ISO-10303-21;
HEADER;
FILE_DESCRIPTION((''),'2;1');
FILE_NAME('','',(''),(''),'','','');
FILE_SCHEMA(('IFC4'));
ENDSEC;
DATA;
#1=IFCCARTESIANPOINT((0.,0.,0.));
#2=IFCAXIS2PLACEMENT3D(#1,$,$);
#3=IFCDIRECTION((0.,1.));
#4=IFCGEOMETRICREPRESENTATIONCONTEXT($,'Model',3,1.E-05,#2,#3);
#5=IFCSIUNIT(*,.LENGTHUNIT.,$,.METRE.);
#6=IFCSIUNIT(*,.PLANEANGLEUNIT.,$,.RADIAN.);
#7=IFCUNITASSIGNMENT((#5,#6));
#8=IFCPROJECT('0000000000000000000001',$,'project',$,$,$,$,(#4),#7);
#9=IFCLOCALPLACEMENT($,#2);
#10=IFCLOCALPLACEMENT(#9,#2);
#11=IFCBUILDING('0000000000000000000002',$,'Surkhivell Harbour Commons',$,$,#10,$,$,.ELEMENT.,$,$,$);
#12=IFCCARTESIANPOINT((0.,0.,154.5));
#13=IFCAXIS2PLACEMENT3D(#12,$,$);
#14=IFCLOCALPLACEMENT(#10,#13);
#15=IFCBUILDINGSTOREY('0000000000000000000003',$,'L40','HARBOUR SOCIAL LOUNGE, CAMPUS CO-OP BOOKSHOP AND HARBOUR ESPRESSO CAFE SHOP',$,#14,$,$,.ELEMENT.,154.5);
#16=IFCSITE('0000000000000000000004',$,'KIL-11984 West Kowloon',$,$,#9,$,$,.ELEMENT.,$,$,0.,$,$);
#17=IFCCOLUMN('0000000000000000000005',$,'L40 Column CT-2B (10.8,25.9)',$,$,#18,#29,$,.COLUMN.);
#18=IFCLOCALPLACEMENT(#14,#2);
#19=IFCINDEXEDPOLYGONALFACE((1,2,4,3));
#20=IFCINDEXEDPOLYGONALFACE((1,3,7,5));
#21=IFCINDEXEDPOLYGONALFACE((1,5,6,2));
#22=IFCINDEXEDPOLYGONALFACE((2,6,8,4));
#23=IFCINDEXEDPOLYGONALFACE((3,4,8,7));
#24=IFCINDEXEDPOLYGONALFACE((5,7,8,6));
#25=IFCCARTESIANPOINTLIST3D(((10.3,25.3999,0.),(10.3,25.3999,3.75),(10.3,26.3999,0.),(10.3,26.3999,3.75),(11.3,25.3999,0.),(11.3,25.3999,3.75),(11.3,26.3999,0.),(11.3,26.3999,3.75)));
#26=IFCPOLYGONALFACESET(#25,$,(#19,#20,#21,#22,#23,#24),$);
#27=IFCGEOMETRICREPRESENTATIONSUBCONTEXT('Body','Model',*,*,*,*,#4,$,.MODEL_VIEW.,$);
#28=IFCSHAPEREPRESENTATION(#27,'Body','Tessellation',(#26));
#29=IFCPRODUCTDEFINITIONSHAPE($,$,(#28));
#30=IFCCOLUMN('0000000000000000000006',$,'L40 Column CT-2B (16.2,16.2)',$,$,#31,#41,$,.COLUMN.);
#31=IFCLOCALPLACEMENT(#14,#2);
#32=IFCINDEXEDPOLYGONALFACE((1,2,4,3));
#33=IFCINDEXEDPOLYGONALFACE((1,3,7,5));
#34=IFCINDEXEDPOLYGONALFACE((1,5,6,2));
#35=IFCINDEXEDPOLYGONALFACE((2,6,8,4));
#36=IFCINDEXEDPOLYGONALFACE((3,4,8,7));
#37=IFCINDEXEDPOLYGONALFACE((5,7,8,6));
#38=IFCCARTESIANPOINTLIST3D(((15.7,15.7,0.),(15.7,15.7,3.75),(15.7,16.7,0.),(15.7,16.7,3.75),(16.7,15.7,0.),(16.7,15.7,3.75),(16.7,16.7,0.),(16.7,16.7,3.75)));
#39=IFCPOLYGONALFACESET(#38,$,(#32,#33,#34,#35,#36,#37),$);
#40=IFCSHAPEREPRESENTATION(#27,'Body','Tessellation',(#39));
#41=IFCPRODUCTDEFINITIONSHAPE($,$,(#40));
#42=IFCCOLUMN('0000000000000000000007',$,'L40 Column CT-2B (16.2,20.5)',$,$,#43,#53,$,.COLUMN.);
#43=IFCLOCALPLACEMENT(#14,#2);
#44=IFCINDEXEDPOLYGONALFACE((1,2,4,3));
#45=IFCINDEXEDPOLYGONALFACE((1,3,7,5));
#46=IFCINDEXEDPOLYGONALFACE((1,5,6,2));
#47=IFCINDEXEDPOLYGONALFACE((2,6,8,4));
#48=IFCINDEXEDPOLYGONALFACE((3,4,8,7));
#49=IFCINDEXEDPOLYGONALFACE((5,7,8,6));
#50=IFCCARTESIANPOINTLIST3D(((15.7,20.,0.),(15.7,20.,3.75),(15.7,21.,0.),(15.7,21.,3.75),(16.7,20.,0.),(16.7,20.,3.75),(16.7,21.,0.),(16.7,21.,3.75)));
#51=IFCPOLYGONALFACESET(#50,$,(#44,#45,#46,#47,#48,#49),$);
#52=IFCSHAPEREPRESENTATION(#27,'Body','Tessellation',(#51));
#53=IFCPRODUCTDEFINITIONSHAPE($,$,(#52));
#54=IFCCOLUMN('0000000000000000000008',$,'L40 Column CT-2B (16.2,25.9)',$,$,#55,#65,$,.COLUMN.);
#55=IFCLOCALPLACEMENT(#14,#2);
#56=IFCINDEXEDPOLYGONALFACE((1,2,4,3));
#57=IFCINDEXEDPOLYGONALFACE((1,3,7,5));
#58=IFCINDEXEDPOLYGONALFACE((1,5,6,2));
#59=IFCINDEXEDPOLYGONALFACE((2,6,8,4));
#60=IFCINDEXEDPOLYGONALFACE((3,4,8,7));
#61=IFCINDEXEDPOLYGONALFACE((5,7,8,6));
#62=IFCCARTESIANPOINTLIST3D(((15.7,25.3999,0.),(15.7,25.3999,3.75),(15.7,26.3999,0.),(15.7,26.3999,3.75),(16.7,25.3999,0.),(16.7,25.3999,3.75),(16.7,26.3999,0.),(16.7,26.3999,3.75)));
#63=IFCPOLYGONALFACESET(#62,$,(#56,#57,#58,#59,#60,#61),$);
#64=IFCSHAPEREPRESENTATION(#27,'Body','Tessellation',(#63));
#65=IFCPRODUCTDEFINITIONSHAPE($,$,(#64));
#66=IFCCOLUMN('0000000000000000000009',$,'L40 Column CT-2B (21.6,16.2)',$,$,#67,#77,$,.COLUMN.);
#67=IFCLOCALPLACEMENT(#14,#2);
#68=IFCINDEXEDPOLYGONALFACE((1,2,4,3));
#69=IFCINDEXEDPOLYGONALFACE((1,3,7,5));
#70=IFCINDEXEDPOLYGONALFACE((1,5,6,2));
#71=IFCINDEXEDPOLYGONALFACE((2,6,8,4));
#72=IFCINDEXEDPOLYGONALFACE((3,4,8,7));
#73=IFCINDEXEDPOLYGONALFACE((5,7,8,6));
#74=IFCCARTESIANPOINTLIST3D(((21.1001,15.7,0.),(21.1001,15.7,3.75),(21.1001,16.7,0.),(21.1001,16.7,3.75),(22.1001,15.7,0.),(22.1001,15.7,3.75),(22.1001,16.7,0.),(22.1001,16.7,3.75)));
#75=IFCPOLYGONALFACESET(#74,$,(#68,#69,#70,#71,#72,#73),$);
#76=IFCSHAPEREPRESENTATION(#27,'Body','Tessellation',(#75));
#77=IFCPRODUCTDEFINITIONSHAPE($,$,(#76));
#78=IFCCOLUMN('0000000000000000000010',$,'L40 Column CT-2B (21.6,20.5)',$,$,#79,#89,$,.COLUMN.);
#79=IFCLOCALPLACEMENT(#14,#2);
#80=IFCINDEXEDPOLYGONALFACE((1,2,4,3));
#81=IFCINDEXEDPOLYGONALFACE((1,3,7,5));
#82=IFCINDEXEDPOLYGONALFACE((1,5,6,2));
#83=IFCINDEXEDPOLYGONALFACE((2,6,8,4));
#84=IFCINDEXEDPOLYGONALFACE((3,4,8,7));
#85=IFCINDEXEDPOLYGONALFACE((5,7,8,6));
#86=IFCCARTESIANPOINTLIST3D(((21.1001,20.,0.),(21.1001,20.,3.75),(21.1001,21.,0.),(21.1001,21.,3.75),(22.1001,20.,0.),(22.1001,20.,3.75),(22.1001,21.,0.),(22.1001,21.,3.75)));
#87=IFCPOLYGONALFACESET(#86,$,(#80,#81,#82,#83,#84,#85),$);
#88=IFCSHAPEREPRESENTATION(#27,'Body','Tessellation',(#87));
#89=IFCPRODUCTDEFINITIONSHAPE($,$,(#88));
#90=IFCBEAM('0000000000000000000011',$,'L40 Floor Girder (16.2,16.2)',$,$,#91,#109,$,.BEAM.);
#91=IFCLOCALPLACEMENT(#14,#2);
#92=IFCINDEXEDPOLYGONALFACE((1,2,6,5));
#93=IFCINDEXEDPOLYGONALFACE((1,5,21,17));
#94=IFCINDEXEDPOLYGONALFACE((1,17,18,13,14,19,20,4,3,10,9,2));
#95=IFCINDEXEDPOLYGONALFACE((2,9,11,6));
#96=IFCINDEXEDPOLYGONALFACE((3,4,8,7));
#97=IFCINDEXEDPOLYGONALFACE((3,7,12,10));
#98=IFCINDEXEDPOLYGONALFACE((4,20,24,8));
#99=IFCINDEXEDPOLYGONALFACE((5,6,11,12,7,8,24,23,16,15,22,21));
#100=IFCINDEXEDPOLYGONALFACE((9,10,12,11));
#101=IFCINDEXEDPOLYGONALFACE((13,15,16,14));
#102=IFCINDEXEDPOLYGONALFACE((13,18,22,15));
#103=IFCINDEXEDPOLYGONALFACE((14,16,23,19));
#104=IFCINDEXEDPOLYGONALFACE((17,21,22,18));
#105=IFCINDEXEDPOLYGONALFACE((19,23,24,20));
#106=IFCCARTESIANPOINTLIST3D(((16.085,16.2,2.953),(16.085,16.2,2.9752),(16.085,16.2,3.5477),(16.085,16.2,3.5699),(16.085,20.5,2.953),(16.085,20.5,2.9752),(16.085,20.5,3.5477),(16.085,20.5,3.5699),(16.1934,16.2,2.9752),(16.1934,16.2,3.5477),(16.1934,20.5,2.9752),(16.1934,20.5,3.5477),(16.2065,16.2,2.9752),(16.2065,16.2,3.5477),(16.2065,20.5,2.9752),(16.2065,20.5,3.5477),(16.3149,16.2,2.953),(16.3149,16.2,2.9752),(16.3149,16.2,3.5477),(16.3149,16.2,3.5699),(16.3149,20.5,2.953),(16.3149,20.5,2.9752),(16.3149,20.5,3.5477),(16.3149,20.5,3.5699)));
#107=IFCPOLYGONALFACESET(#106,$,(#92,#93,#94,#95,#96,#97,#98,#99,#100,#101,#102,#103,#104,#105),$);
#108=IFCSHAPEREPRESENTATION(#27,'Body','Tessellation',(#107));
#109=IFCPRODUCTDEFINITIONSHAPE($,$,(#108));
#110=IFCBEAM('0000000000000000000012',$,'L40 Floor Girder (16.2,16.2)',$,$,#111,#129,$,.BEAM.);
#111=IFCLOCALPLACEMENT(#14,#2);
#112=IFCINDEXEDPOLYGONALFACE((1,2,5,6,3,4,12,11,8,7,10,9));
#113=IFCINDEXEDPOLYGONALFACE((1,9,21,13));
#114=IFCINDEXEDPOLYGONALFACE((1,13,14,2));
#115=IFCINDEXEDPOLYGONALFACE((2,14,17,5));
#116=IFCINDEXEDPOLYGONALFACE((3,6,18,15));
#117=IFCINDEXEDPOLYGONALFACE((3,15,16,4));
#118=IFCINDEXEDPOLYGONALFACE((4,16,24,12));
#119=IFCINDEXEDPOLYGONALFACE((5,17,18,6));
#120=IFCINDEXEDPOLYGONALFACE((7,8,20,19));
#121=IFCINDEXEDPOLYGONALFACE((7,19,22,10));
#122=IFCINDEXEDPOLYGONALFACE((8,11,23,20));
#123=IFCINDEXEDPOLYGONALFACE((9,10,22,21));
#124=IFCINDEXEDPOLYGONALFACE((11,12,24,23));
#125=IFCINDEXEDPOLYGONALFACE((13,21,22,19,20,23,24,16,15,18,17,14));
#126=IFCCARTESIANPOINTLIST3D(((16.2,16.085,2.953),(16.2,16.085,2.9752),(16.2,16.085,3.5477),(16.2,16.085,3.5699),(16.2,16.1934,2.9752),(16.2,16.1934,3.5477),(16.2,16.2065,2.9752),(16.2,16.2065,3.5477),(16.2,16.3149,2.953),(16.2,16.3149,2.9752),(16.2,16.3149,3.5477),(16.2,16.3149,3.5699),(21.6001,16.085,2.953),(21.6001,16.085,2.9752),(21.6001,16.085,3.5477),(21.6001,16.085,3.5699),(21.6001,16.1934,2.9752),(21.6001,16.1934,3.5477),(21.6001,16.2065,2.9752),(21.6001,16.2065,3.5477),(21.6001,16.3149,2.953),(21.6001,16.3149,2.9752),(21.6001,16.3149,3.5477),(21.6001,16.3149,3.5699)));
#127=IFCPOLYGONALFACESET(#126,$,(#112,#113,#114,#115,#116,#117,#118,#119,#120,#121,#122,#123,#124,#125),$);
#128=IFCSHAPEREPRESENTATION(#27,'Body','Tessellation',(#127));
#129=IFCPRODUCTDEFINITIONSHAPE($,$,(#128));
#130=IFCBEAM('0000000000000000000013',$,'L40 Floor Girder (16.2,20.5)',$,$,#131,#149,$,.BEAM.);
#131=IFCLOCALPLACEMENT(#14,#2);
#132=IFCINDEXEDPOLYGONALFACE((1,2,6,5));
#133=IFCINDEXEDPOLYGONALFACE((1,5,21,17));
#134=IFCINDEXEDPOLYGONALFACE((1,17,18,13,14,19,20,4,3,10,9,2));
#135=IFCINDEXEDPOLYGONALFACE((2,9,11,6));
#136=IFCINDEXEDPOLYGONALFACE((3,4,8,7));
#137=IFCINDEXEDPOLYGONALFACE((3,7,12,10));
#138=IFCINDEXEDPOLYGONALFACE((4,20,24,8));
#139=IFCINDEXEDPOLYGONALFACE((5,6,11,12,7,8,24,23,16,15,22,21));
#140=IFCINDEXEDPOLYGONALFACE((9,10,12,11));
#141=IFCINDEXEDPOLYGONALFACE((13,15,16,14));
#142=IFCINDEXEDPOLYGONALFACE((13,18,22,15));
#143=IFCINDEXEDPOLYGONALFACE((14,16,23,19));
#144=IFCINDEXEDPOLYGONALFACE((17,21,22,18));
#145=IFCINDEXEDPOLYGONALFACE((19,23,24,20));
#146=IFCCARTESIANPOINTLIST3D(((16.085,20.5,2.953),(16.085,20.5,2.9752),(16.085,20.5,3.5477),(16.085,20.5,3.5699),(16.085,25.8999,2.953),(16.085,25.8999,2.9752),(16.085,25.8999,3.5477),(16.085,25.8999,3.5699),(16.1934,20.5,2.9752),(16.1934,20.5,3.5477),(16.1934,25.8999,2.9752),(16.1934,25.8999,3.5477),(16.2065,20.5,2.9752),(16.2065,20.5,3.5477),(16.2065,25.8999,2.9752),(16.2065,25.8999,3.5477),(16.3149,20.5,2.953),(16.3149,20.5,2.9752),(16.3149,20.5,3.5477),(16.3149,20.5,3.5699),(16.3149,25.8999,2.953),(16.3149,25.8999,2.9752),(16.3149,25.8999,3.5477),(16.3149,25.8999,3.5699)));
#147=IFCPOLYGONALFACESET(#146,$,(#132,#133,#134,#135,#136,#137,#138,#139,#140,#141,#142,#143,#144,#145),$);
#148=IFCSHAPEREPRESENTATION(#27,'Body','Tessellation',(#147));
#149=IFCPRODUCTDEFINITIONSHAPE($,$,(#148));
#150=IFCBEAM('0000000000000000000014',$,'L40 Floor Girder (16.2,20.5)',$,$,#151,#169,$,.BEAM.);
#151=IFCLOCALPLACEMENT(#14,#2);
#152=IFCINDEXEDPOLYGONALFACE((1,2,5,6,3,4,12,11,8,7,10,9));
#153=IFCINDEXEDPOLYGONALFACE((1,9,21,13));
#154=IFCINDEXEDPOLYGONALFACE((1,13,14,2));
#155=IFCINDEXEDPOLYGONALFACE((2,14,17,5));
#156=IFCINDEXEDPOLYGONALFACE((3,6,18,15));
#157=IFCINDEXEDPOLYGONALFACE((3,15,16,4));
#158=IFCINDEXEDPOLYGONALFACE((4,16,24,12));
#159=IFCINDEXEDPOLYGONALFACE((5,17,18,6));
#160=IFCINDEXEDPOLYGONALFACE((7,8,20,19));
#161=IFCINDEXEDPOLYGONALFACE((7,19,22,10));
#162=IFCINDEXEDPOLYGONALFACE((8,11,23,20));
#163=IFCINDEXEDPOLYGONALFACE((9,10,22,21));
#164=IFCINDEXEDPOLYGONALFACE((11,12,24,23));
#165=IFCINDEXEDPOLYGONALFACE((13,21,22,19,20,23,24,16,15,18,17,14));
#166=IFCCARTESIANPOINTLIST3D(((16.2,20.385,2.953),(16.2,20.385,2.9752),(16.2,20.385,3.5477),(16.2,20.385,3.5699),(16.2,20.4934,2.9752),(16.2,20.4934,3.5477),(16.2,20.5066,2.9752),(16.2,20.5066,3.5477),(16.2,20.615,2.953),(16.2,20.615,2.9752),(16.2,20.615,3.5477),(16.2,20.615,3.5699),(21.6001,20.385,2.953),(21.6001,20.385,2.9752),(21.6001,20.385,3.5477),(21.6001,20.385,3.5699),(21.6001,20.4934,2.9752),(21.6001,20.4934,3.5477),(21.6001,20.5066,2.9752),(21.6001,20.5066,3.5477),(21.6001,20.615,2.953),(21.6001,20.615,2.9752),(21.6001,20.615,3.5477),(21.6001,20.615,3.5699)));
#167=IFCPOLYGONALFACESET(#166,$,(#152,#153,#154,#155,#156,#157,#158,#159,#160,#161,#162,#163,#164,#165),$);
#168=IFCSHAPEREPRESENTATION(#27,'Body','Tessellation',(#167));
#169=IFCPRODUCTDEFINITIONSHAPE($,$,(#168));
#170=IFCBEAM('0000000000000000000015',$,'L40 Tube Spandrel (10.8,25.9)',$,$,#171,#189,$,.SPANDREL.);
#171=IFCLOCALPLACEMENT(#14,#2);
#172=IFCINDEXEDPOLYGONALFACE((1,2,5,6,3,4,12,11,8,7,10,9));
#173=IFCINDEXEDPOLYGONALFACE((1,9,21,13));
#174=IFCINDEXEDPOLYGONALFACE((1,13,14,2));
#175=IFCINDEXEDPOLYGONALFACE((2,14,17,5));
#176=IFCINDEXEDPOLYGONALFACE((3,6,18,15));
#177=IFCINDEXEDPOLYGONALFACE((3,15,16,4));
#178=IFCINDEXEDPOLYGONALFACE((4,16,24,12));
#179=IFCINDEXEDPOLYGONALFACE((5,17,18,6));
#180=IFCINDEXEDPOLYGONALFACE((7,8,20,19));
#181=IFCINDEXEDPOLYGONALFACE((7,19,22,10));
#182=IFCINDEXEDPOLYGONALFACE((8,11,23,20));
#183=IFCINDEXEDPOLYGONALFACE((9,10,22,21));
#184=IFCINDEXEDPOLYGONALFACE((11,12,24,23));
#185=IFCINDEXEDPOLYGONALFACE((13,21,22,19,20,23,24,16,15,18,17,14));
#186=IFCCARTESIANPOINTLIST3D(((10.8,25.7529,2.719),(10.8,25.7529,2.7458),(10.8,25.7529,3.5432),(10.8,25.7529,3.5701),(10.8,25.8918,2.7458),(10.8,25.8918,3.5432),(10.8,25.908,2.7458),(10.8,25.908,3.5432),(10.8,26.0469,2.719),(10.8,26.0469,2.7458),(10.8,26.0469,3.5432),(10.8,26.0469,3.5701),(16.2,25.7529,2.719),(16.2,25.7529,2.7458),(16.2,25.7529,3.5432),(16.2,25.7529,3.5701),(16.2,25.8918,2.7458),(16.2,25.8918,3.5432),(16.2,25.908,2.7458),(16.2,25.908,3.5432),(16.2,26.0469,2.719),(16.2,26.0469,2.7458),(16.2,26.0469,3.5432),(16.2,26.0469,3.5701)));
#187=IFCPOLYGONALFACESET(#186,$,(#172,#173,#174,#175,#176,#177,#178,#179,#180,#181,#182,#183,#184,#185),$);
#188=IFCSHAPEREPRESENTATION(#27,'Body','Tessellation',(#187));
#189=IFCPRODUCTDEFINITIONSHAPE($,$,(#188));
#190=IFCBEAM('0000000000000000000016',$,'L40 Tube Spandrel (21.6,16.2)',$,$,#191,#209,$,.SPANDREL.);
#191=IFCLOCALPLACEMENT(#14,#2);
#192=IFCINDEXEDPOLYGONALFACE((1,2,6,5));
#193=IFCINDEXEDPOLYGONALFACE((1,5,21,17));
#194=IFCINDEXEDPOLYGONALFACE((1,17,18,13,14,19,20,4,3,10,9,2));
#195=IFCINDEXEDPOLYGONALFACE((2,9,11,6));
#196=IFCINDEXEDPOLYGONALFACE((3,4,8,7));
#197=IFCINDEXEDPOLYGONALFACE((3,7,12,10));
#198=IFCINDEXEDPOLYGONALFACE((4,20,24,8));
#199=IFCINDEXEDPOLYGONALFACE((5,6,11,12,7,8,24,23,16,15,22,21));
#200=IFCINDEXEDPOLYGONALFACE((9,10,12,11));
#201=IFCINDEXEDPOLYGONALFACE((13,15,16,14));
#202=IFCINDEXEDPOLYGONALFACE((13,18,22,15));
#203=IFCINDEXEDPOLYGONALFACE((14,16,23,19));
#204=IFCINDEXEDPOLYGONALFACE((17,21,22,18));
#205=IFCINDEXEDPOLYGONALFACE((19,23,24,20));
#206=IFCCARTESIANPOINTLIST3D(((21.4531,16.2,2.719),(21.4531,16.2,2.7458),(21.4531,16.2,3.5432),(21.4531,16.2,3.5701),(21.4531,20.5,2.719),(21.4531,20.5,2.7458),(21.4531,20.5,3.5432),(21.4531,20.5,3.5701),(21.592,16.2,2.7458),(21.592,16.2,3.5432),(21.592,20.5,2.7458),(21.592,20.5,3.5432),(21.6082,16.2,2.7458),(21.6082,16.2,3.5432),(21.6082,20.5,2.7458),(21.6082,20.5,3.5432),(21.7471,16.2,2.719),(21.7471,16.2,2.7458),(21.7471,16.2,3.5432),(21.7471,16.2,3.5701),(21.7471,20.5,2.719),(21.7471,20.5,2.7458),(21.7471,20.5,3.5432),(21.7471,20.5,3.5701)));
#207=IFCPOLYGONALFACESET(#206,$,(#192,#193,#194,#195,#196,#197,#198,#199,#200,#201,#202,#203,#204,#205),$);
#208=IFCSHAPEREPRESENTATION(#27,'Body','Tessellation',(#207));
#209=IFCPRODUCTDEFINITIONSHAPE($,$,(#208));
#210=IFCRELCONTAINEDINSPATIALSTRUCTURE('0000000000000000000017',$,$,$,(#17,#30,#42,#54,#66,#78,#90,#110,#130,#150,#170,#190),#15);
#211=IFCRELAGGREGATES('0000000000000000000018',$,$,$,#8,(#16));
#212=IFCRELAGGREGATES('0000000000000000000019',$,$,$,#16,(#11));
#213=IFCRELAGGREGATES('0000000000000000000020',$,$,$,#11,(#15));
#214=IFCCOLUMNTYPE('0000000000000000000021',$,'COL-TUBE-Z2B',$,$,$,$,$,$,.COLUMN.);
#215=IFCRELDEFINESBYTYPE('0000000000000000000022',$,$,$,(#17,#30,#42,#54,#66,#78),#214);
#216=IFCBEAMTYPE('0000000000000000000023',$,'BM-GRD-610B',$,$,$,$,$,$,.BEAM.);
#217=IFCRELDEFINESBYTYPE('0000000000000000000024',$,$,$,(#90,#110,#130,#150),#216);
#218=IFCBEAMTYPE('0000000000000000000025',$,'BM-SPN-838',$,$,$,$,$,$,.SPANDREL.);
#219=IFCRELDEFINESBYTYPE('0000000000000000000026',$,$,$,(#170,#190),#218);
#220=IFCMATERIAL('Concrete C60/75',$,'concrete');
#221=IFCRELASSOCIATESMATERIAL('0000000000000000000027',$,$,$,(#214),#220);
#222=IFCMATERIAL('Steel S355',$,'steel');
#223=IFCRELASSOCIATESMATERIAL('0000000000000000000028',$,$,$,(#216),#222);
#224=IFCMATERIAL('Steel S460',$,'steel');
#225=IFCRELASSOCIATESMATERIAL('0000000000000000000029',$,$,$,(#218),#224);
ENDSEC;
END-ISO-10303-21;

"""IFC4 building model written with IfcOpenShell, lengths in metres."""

from ifc_helpers import new_model, si_unit, direction, frame, origin, origin_2d, place, context, subcontext, project, spatial, rectangle, i_section, extrude, material, material_profile, profile_set, type_object, element, save


model = new_model("IFC4")

# Units and contexts
model_context = context("Model", 3, precision=1e-05, world=origin(), true_north=direction((0.0, 1.0)))
body_context = subcontext(model_context, "Body", "Model", "MODEL_VIEW")
ifc_project = project(units=[si_unit("LENGTHUNIT", "METRE"), si_unit("PLANEANGLEUNIT", "RADIAN")], contexts=[model_context])

# Site, building, storey
site_placement = place(None, origin())
site = spatial("IfcSite", under=ifc_project, at=site_placement, Name="KIL-11984 West Kowloon", CompositionType="ELEMENT", RefElevation=0.0)
building_placement = place(site_placement, origin())
building = spatial("IfcBuilding", under=site, at=building_placement, Name="Surkhivell Harbour Commons", CompositionType="ELEMENT")
storey_placement = place(building_placement, frame((0.0, 0.0, 154.5)))
storey = spatial("IfcBuildingStorey", under=building, at=storey_placement, Name="L40", Description="HARBOUR SOCIAL LOUNGE, CAMPUS CO-OP BOOKSHOP AND HARBOUR ESPRESSO CAFE SHOP", CompositionType="ELEMENT", Elevation=154.5)

# Columns
ifc_material_1 = material(Name="Concrete C60/75", Category="concrete")
ifc_material_profile_1 = material_profile(ifc_material_1, rectangle(XDim=1.0, YDim=1.0, at=origin_2d()), Name="RC-COL-1000x1000")
ifc_profile_set_1 = profile_set([ifc_material_profile_1], Name="Concrete C60/75")
column_type = type_object("IfcColumnType", Name="COL-TUBE-Z2B", PredefinedType="COLUMN", material=ifc_profile_set_1)
for number, where, z_axis, x_axis, name in (
    (1, (10.8, 25.8999, 0.0), (0.0, 0.0, 1.0), (1.0, 0.0, 0.0), "L40 Column CT-2B (10.8,25.9)"),
    (2, (16.2, 16.2, 0.0), (0.0, 0.0, 1.0), (1.0, 0.0, 0.0), "L40 Column CT-2B (16.2,16.2)"),
    (3, (16.2, 20.5, 0.0), (0.0, 0.0, 1.0), (1.0, 0.0, 0.0), "L40 Column CT-2B (16.2,20.5)"),
    (4, (16.2, 25.8999, 0.0), (0.0, 0.0, 1.0), (1.0, 0.0, 0.0), "L40 Column CT-2B (16.2,25.9)"),
    (5, (21.6001, 16.2, 0.0), (0.0, 0.0, 1.0), (1.0, 0.0, 0.0), "L40 Column CT-2B (21.6,16.2)"),
    (6, (21.6001, 20.5, 0.0), (0.0, 0.0, 1.0), (1.0, 0.0, 0.0), "L40 Column CT-2B (21.6,20.5)"),
):
    element("IfcColumn", number, at=place(storey_placement, frame(where, z_axis=z_axis, x_axis=x_axis)), inside=storey, type_object=column_type, Name=name, PredefinedType="COLUMN", context=body_context, shape_type="SweptSolid", body=[
        extrude(rectangle(XDim=1.0, YDim=1.0, at=origin_2d()), origin(), (0.0, 0.0, 1.0), 3.75),
    ])

# Beams
ifc_material_2 = material(Name="Steel S355", Category="steel")
ifc_material_profile_2 = material_profile(ifc_material_2, i_section(OverallWidth=0.23, OverallDepth=0.6169, WebThickness=0.0132, FlangeThickness=0.0222, at=origin_2d()), Name="UB610x229x140")
ifc_profile_set_2 = profile_set([ifc_material_profile_2], Name="Steel S355")
beam_type_1 = type_object("IfcBeamType", Name="BM-GRD-610B", PredefinedType="BEAM", material=ifc_profile_set_2)
beam_1_placement = place(storey_placement, frame((16.2, 16.2, 3.2615), z_axis=(0.0, 1.0, 0.0), x_axis=(-1.0, 0.0, 0.0)))
element("IfcBeam", 7, at=beam_1_placement, inside=storey, type_object=beam_type_1, Name="L40 Floor Girder (16.2,16.2)", PredefinedType="BEAM", context=body_context, shape_type="SweptSolid", body=[
    extrude(i_section(OverallWidth=0.23, OverallDepth=0.6169, WebThickness=0.0132, FlangeThickness=0.0222, at=origin_2d()), origin(), (0.0, 0.0, 1.0), 4.3),
])
beam_2_placement = place(storey_placement, frame((16.2, 16.2, 3.2615), z_axis=(1.0, 0.0, 0.0), x_axis=(0.0, 1.0, 0.0)))
element("IfcBeam", 8, at=beam_2_placement, inside=storey, type_object=beam_type_1, Name="L40 Floor Girder (16.2,16.2)", PredefinedType="BEAM", context=body_context, shape_type="SweptSolid", body=[
    extrude(i_section(OverallWidth=0.23, OverallDepth=0.6169, WebThickness=0.0132, FlangeThickness=0.0222, at=origin_2d()), origin(), (0.0, 0.0, 1.0), 5.4001),
])
beam_3_placement = place(storey_placement, frame((16.2, 20.5, 3.2615), z_axis=(0.0, 1.0, 0.0), x_axis=(-1.0, 0.0, 0.0)))
element("IfcBeam", 9, at=beam_3_placement, inside=storey, type_object=beam_type_1, Name="L40 Floor Girder (16.2,20.5)", PredefinedType="BEAM", context=body_context, shape_type="SweptSolid", body=[
    extrude(i_section(OverallWidth=0.23, OverallDepth=0.6169, WebThickness=0.0132, FlangeThickness=0.0222, at=origin_2d()), origin(), (0.0, 0.0, 1.0), 5.3999),
])
beam_4_placement = place(storey_placement, frame((16.2, 20.5, 3.2615), z_axis=(1.0, 0.0, 0.0), x_axis=(0.0, 1.0, 0.0)))
element("IfcBeam", 10, at=beam_4_placement, inside=storey, type_object=beam_type_1, Name="L40 Floor Girder (16.2,20.5)", PredefinedType="BEAM", context=body_context, shape_type="SweptSolid", body=[
    extrude(i_section(OverallWidth=0.23, OverallDepth=0.6169, WebThickness=0.0132, FlangeThickness=0.0222, at=origin_2d()), origin(), (0.0, 0.0, 1.0), 5.4001),
])
ifc_material_3 = material(Name="Steel S460", Category="steel")
ifc_material_profile_3 = material_profile(ifc_material_3, i_section(OverallWidth=0.2939, OverallDepth=0.8511, WebThickness=0.0161, FlangeThickness=0.0269, at=origin_2d()), Name="UB838x292x226")
ifc_profile_set_3 = profile_set([ifc_material_profile_3], Name="Steel S460")
beam_type_2 = type_object("IfcBeamType", Name="BM-SPN-838", PredefinedType="SPANDREL", material=ifc_profile_set_3)
beam_5_placement = place(storey_placement, frame((10.8, 25.8999, 3.1445), z_axis=(1.0, 0.0, 0.0), x_axis=(0.0, 1.0, 0.0)))
element("IfcBeam", 11, at=beam_5_placement, inside=storey, type_object=beam_type_2, Name="L40 Tube Spandrel (10.8,25.9)", PredefinedType="SPANDREL", context=body_context, shape_type="SweptSolid", body=[
    extrude(i_section(OverallWidth=0.2939, OverallDepth=0.8511, WebThickness=0.0161, FlangeThickness=0.0269, at=origin_2d()), origin(), (0.0, 0.0, 1.0), 5.3999),
])
beam_6_placement = place(storey_placement, frame((21.6001, 16.2, 3.1445), z_axis=(0.0, 1.0, 0.0), x_axis=(-1.0, 0.0, 0.0)))
element("IfcBeam", 12, at=beam_6_placement, inside=storey, type_object=beam_type_2, Name="L40 Tube Spandrel (21.6,16.2)", PredefinedType="SPANDREL", context=body_context, shape_type="SweptSolid", body=[
    extrude(i_section(OverallWidth=0.2939, OverallDepth=0.8511, WebThickness=0.0161, FlangeThickness=0.0269, at=origin_2d()), origin(), (0.0, 0.0, 1.0), 4.3),
])

save(model, "model.ifc")
